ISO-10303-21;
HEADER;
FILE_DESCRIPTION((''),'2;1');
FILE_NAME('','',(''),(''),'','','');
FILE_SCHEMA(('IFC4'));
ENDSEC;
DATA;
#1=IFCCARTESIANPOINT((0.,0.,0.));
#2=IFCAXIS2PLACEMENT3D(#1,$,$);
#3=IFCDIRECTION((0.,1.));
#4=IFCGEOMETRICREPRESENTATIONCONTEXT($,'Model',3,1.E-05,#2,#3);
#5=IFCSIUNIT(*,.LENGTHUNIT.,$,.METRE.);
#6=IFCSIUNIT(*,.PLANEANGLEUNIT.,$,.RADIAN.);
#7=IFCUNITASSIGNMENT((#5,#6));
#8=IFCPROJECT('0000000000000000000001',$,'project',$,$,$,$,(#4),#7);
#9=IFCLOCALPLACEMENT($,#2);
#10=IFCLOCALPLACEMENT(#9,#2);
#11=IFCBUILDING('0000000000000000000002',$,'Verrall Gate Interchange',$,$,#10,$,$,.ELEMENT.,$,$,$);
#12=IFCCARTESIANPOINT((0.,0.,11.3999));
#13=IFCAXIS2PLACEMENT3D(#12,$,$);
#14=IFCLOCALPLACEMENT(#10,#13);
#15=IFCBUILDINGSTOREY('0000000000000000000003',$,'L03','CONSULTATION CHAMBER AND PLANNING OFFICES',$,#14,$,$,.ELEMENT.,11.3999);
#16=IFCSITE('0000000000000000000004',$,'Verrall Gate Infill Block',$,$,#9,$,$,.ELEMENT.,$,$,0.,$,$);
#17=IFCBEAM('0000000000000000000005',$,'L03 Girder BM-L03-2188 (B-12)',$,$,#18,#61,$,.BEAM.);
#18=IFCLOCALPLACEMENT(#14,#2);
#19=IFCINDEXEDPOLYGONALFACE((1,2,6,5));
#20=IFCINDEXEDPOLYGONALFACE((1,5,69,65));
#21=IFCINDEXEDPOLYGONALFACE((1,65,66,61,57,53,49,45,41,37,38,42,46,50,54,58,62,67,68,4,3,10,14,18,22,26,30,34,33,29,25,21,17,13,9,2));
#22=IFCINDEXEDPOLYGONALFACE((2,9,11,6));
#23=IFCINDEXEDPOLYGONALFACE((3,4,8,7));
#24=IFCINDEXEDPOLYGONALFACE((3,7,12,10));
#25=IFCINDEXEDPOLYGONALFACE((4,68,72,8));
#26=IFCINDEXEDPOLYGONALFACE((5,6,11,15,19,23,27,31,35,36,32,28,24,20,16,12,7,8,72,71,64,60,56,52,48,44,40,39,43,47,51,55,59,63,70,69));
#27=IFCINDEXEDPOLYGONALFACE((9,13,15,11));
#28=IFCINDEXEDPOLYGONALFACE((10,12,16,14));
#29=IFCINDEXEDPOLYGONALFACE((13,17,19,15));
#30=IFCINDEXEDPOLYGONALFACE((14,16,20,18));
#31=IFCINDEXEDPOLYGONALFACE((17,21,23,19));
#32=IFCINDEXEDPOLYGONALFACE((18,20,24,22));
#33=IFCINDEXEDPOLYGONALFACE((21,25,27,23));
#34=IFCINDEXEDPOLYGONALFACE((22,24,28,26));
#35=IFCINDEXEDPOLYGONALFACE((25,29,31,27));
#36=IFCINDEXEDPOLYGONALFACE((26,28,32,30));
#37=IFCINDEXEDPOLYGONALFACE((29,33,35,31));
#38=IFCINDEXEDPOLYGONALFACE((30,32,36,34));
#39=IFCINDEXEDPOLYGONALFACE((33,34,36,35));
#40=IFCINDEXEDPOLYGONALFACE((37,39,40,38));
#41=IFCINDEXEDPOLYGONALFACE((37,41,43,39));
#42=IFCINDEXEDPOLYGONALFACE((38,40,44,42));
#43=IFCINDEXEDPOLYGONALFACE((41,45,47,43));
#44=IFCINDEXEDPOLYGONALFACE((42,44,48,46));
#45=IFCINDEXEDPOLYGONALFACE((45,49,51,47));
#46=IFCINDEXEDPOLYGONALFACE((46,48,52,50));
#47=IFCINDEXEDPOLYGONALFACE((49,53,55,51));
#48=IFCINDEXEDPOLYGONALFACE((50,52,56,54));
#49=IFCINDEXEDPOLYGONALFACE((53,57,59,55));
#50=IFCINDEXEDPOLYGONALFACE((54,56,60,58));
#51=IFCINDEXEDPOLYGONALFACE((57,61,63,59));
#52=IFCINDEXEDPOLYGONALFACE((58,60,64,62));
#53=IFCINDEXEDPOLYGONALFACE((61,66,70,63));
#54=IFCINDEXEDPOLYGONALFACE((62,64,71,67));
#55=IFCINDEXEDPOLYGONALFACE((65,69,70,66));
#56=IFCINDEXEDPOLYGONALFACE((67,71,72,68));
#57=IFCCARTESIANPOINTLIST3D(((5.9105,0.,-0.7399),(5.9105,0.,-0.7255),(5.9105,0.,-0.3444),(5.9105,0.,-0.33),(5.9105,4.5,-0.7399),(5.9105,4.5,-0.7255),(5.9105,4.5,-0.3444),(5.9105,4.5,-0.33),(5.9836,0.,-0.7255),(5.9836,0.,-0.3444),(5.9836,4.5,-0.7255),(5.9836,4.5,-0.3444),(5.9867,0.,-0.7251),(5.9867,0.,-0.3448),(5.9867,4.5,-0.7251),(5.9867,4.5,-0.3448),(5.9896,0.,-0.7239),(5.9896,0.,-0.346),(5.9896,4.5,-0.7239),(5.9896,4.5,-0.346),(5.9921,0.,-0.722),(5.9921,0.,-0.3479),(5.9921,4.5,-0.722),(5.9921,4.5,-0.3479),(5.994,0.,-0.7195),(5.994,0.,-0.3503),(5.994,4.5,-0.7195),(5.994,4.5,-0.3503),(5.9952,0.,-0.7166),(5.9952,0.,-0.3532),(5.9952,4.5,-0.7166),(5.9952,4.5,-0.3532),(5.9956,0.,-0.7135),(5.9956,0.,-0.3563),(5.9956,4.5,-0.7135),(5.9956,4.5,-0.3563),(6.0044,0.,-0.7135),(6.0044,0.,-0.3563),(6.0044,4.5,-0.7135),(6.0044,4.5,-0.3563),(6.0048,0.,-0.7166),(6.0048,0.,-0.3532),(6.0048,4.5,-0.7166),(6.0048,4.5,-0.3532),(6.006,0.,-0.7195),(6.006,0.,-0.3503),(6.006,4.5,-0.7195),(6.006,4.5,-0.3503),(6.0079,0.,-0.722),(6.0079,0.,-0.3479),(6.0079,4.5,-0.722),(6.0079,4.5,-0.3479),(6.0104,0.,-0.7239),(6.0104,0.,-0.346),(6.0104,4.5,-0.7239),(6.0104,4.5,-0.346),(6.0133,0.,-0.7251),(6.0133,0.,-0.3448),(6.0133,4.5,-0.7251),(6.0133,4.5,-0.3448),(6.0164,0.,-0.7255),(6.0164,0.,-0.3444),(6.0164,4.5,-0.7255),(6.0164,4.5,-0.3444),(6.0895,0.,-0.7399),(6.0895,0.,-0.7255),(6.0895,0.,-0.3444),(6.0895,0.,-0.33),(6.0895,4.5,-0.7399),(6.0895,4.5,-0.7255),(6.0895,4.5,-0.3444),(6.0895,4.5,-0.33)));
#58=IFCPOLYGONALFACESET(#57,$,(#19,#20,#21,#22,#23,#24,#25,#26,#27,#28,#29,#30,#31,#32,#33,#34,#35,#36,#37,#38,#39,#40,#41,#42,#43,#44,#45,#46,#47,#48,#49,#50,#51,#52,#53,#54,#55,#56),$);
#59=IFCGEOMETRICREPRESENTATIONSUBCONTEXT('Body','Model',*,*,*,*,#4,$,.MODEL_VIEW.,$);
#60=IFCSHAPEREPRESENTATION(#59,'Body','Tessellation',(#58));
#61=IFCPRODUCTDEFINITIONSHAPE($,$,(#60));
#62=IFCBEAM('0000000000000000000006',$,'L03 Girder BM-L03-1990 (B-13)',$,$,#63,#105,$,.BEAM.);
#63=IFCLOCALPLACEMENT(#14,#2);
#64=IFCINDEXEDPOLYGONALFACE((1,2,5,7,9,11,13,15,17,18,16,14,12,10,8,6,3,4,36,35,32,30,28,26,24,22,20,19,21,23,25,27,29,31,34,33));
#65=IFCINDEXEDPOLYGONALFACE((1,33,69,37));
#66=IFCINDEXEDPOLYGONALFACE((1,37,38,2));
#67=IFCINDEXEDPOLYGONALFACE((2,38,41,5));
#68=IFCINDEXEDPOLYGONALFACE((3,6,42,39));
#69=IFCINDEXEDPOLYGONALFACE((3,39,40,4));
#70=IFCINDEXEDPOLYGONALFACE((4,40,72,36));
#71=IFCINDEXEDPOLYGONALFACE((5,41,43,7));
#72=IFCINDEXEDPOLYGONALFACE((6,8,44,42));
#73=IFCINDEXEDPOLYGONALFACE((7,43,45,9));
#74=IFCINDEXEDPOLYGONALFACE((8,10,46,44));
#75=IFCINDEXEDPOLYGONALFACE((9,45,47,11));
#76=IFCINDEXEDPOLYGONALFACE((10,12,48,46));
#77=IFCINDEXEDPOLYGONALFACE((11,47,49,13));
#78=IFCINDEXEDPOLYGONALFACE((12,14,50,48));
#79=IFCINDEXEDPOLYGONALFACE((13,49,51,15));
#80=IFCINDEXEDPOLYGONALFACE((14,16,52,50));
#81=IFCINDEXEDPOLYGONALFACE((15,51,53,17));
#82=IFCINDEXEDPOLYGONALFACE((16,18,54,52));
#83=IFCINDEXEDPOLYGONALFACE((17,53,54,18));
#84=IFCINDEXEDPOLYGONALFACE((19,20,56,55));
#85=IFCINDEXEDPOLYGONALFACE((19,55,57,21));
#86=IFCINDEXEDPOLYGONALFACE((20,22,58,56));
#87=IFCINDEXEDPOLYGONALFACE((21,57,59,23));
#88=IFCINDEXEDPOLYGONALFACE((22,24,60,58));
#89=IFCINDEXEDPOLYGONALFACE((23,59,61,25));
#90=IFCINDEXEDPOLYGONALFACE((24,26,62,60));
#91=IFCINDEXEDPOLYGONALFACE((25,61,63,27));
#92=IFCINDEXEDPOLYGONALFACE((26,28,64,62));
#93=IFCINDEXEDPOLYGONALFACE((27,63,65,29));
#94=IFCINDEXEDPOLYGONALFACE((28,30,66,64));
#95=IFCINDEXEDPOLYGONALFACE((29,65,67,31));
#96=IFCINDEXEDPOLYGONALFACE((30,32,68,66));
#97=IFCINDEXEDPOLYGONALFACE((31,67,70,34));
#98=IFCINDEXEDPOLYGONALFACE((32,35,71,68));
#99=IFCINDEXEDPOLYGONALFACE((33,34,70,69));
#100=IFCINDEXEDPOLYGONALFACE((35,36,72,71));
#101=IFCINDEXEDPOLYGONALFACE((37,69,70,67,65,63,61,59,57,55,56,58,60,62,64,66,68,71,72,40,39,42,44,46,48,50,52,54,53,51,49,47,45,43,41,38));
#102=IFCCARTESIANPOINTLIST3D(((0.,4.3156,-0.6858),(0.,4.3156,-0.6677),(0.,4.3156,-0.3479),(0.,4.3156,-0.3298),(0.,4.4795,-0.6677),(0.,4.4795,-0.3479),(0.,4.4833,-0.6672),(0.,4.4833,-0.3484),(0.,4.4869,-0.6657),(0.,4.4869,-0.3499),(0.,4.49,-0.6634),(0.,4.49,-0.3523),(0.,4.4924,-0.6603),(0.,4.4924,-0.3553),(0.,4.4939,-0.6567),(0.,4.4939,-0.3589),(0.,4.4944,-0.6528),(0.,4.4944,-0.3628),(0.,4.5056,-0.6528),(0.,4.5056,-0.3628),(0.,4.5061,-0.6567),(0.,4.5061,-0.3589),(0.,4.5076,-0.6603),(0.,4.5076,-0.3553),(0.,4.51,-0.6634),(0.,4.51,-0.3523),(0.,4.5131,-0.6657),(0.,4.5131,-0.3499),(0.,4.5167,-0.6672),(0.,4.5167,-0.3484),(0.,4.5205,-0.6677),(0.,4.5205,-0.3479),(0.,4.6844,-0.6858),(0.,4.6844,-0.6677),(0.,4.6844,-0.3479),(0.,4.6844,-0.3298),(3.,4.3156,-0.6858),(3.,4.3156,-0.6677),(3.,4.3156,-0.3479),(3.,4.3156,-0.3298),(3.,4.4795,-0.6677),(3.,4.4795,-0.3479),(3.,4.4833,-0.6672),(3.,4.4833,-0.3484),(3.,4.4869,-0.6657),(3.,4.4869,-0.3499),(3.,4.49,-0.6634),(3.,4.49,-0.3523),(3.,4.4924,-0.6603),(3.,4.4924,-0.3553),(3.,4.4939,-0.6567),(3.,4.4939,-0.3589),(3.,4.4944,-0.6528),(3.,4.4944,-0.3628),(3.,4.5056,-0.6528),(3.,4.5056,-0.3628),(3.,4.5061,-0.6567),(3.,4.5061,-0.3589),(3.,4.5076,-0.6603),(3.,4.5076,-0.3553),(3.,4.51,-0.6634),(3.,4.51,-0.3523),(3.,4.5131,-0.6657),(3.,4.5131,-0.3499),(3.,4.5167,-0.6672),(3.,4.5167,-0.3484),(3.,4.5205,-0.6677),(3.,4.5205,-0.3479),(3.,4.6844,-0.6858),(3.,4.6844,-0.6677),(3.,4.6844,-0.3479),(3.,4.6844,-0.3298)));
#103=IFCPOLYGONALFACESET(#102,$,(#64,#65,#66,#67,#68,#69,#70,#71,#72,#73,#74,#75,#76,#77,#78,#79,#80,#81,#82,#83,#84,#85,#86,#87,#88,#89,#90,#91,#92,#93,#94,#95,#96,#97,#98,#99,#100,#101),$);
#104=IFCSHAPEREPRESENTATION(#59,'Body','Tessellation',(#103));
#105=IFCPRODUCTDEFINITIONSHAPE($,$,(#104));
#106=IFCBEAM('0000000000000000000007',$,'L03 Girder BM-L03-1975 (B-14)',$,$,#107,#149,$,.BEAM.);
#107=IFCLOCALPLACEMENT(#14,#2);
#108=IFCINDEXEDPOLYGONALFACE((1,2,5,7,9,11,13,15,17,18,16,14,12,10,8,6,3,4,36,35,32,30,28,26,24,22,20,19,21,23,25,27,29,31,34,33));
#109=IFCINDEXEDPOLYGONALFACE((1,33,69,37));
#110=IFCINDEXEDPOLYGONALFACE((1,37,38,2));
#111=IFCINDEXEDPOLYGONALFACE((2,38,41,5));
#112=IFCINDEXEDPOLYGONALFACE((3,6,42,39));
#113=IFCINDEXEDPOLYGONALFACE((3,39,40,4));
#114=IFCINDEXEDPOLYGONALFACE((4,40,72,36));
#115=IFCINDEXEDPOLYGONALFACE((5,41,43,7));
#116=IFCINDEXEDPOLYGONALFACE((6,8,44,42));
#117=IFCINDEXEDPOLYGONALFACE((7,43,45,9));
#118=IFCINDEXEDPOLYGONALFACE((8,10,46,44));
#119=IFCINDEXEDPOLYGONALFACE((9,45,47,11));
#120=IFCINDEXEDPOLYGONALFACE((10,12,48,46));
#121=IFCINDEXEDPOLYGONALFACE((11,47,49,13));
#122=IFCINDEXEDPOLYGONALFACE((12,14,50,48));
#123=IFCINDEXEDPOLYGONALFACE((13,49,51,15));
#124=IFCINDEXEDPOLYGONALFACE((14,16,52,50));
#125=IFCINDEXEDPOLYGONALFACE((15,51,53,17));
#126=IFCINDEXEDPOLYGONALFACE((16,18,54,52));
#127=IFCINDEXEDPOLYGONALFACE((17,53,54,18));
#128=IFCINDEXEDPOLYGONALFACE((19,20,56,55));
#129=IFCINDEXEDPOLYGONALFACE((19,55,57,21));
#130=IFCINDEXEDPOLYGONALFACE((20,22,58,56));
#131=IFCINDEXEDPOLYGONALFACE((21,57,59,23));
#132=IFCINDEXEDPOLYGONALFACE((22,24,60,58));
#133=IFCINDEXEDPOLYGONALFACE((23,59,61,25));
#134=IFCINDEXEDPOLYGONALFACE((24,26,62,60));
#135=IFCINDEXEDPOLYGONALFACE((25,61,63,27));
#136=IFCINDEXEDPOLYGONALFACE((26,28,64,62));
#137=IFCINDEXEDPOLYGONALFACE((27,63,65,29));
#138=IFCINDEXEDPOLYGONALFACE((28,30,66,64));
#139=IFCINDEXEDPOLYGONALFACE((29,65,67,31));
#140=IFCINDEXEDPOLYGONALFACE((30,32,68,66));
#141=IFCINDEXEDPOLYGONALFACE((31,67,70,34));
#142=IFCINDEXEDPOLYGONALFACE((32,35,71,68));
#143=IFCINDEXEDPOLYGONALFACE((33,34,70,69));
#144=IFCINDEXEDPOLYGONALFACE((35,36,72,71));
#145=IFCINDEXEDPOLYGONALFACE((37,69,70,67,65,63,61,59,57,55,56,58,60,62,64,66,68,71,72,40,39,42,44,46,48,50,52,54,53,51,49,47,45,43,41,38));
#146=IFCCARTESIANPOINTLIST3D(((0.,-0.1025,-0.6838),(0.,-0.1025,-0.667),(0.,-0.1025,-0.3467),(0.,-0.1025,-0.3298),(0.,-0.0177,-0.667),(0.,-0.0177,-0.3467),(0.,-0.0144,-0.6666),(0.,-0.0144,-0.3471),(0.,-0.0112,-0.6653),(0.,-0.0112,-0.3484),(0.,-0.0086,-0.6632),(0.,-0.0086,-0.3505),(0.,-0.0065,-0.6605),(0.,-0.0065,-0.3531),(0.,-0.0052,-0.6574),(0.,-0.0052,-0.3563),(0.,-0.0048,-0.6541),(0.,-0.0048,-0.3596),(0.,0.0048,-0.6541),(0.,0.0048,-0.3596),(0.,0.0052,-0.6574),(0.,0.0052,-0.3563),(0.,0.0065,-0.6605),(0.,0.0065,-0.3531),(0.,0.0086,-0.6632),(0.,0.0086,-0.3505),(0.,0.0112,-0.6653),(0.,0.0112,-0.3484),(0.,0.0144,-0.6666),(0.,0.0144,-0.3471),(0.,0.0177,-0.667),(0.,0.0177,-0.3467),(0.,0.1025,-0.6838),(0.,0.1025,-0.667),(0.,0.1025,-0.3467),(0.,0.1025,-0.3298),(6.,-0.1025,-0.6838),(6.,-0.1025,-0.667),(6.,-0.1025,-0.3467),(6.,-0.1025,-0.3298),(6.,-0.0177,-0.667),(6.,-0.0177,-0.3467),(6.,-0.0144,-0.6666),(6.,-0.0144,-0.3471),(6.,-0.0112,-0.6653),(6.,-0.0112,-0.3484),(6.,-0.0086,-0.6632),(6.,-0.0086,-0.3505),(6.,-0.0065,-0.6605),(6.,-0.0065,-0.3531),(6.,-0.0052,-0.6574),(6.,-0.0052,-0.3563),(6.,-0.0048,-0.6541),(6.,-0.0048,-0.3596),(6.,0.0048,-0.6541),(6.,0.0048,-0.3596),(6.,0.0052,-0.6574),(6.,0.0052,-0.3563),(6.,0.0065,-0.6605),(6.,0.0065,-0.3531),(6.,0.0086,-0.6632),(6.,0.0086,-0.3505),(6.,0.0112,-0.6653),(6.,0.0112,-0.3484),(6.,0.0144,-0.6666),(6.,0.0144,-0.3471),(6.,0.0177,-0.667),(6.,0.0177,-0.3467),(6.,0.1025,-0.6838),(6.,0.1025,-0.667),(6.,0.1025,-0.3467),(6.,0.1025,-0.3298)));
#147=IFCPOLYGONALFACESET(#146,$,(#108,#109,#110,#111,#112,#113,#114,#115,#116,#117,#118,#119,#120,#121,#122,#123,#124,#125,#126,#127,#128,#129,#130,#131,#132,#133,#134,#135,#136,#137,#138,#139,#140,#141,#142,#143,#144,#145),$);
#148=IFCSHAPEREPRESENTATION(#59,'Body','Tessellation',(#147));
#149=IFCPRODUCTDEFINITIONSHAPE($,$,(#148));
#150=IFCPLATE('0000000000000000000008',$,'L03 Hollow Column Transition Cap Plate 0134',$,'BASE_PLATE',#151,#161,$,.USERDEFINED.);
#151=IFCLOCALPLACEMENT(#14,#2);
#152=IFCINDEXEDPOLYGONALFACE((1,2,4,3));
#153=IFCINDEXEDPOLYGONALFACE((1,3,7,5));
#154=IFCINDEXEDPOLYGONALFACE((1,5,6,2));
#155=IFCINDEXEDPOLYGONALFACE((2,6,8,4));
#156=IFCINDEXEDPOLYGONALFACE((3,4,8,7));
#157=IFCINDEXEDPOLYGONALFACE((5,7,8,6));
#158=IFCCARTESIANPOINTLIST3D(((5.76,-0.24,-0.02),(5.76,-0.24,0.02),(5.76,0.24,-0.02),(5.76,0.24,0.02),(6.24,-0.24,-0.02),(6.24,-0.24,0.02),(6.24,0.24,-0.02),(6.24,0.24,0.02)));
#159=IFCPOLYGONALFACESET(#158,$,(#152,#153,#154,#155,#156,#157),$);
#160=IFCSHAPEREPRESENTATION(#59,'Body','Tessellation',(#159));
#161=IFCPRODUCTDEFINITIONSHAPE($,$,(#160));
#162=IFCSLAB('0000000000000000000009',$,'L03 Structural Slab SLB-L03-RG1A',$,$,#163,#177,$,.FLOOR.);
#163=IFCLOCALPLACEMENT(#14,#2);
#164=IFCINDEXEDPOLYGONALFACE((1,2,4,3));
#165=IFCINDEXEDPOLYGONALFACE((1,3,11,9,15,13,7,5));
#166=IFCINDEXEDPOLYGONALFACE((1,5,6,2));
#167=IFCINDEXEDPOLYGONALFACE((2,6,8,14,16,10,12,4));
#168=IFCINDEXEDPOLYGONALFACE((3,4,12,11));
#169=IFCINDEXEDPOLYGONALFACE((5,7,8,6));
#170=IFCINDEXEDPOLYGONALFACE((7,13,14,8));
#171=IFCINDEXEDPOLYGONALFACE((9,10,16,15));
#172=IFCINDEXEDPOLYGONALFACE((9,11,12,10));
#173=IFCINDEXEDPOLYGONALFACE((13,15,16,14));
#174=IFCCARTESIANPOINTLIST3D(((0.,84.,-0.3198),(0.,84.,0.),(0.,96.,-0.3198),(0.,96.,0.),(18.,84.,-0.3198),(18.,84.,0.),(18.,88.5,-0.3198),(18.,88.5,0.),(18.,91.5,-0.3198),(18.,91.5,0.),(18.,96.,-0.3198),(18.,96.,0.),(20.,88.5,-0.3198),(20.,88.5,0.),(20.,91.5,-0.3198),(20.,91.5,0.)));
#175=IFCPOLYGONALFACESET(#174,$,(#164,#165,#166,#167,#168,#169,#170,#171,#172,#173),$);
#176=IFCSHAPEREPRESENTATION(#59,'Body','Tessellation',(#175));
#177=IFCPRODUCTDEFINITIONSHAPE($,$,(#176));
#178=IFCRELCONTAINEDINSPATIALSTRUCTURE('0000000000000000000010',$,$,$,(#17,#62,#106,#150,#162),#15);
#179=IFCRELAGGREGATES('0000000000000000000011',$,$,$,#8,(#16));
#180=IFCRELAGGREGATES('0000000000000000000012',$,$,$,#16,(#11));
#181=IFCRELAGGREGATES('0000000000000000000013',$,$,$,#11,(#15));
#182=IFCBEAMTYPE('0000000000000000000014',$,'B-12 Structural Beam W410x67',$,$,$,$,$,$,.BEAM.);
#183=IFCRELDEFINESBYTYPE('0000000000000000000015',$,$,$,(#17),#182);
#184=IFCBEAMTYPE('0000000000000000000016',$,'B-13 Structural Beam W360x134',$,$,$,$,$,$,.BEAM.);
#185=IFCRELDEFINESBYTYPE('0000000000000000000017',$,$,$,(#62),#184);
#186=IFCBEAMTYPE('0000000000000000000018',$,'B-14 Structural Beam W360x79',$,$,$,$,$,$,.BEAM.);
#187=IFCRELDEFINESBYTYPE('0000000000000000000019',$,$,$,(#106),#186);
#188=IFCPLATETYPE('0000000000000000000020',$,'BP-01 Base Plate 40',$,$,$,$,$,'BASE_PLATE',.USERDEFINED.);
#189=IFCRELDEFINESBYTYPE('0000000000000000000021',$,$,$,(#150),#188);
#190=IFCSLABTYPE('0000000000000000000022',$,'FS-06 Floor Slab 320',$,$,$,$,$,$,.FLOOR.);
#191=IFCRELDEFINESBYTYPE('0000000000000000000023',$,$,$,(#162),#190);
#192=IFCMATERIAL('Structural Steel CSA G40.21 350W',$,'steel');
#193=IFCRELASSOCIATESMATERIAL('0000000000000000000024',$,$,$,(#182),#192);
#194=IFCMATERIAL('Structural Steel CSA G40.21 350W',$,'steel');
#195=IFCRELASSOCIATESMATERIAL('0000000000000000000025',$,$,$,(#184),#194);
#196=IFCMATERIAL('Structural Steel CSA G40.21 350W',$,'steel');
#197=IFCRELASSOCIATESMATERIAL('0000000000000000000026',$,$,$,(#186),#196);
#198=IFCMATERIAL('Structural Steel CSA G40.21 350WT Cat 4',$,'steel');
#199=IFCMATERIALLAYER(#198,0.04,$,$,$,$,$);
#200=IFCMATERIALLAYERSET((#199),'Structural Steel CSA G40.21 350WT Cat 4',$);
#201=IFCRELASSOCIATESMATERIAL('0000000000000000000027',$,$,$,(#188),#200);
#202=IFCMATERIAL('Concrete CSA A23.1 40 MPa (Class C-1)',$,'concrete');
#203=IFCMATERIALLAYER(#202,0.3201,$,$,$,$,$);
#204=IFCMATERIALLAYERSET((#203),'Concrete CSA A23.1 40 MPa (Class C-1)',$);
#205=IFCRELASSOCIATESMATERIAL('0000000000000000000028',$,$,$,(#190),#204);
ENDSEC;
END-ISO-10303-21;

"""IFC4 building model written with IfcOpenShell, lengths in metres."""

from ifc_helpers import new_model, si_unit, direction, frame, origin, origin_2d, place, context, subcontext, project, spatial, polyline, rectangle, i_section, outline, extrude, material, layer, layer_set, material_profile, profile_set, type_object, element, save


model = new_model("IFC4")

# Units and contexts
model_context = context("Model", 3, precision=1e-05, world=origin(), true_north=direction((0.0, 1.0)))
body_context = subcontext(model_context, "Body", "Model", "MODEL_VIEW")
ifc_project = project(units=[si_unit("LENGTHUNIT", "METRE"), si_unit("PLANEANGLEUNIT", "RADIAN")], contexts=[model_context])

# Site, building, storey
site_placement = place(None, origin())
site = spatial("IfcSite", under=ifc_project, at=site_placement, Name="Verrall Gate Infill Block", CompositionType="ELEMENT", RefElevation=0.0)
building_placement = place(site_placement, origin())
building = spatial("IfcBuilding", under=site, at=building_placement, Name="Verrall Gate Interchange", CompositionType="ELEMENT")
storey_placement = place(building_placement, frame((0.0, 0.0, 11.3999)))
storey = spatial("IfcBuildingStorey", under=building, at=storey_placement, Name="L03", Description="CONSULTATION CHAMBER AND PLANNING OFFICES", CompositionType="ELEMENT", Elevation=11.3999)

# Beams
ifc_material_1 = material(Name="Structural Steel CSA G40.21 350W", Category="steel")
ifc_material_profile_1 = material_profile(ifc_material_1, i_section(OverallWidth=0.179, OverallDepth=0.4099, WebThickness=0.0088, FlangeThickness=0.0144, FilletRadius=0.012, at=origin_2d()), Name="W410x67")
ifc_profile_set_1 = profile_set([ifc_material_profile_1], Name="Structural Steel CSA G40.21 350W")
beam_type_1 = type_object("IfcBeamType", Name="B-12 Structural Beam W410x67", PredefinedType="BEAM", material=ifc_profile_set_1)
beam_1_placement = place(storey_placement, frame((6.0, 0.0, -0.5349), z_axis=(0.0, 1.0, 0.0), x_axis=(-1.0, 0.0, 0.0)))
element("IfcBeam", 1, at=beam_1_placement, inside=storey, type_object=beam_type_1, Name="L03 Girder BM-L03-2188 (B-12)", PredefinedType="BEAM", context=body_context, shape_type="SweptSolid", body=[
    extrude(i_section(OverallWidth=0.179, OverallDepth=0.4099, WebThickness=0.0088, FlangeThickness=0.0144, FilletRadius=0.012, at=origin_2d()), origin(), (0.0, 0.0, 1.0), 4.5),
])
ifc_material_2 = material(Name="Structural Steel CSA G40.21 350W", Category="steel")
ifc_material_profile_2 = material_profile(ifc_material_2, i_section(OverallWidth=0.3689, OverallDepth=0.356, WebThickness=0.0112, FlangeThickness=0.0181, FilletRadius=0.0149, at=origin_2d()), Name="W360x134")
ifc_profile_set_2 = profile_set([ifc_material_profile_2], Name="Structural Steel CSA G40.21 350W")
beam_type_2 = type_object("IfcBeamType", Name="B-13 Structural Beam W360x134", PredefinedType="BEAM", material=ifc_profile_set_2)
beam_2_placement = place(storey_placement, frame((0.0, 4.5, -0.5078), z_axis=(1.0, 0.0, 0.0), x_axis=(0.0, 1.0, 0.0)))
element("IfcBeam", 2, at=beam_2_placement, inside=storey, type_object=beam_type_2, Name="L03 Girder BM-L03-1990 (B-13)", PredefinedType="BEAM", context=body_context, shape_type="SweptSolid", body=[
    extrude(i_section(OverallWidth=0.3689, OverallDepth=0.356, WebThickness=0.0112, FlangeThickness=0.0181, FilletRadius=0.0149, at=origin_2d()), origin(), (0.0, 0.0, 1.0), 3.0),
])
ifc_material_3 = material(Name="Structural Steel CSA G40.21 350W", Category="steel")
ifc_material_profile_3 = material_profile(ifc_material_3, i_section(OverallWidth=0.2051, OverallDepth=0.354, WebThickness=0.0095, FlangeThickness=0.0168, FilletRadius=0.0129, at=origin_2d()), Name="W360x79")
ifc_profile_set_3 = profile_set([ifc_material_profile_3], Name="Structural Steel CSA G40.21 350W")
beam_type_3 = type_object("IfcBeamType", Name="B-14 Structural Beam W360x79", PredefinedType="BEAM", material=ifc_profile_set_3)
beam_3_placement = place(storey_placement, frame((0.0, 0.0, -0.5068), z_axis=(1.0, 0.0, 0.0), x_axis=(0.0, 1.0, 0.0)))
element("IfcBeam", 3, at=beam_3_placement, inside=storey, type_object=beam_type_3, Name="L03 Girder BM-L03-1975 (B-14)", PredefinedType="BEAM", context=body_context, shape_type="SweptSolid", body=[
    extrude(i_section(OverallWidth=0.2051, OverallDepth=0.354, WebThickness=0.0095, FlangeThickness=0.0168, FilletRadius=0.0129, at=origin_2d()), origin(), (0.0, 0.0, 1.0), 6.0),
])

# Plate
ifc_material_4 = material(Name="Structural Steel CSA G40.21 350WT Cat 4", Category="steel")
ifc_layer_1 = layer(ifc_material_4, 0.04)
ifc_layer_set_1 = layer_set([ifc_layer_1], Name="Structural Steel CSA G40.21 350WT Cat 4")
plate_type = type_object("IfcPlateType", Name="BP-01 Base Plate 40", ElementType="BASE_PLATE", PredefinedType="USERDEFINED", material=ifc_layer_set_1)
plate_placement = place(storey_placement, frame((6.0, 0.0, -0.02), z_axis=(0.0, 0.0, 1.0), x_axis=(1.0, 0.0, 0.0)))
element("IfcPlate", 4, at=plate_placement, inside=storey, type_object=plate_type, Name="L03 Hollow Column Transition Cap Plate 0134", ObjectType="BASE_PLATE", PredefinedType="USERDEFINED", context=body_context, shape_type="SweptSolid", body=[
    extrude(rectangle(XDim=0.48, YDim=0.48, at=origin_2d()), origin(), (0.0, 0.0, 1.0), 0.04),
])

# Slab
ifc_material_5 = material(Name="Concrete CSA A23.1 40 MPa (Class C-1)", Category="concrete")
ifc_layer_2 = layer(ifc_material_5, 0.3201)
ifc_layer_set_2 = layer_set([ifc_layer_2], Name="Concrete CSA A23.1 40 MPa (Class C-1)")
slab_type_1 = type_object("IfcSlabType", Name="FS-06 Floor Slab 320", PredefinedType="FLOOR", material=ifc_layer_set_2)
slab_1_placement = place(storey_placement, frame((0.0, 0.0, -0.3198)))
element("IfcSlab", 5, at=slab_1_placement, inside=storey, type_object=slab_type_1, Name="L03 Structural Slab SLB-L03-RG1A", PredefinedType="FLOOR", context=body_context, shape_type="SweptSolid", body=[
    extrude(outline(polyline([(0.0, 96.0), (18.0, 96.0), (18.0, 91.5), (20.0, 91.5), (20.0, 88.5), (18.0, 88.5), (18.0, 84.0), (0.0, 84.0), (0.0, 96.0)])), origin(), (0.0, 0.0, 1.0), 0.3198),
])

save(model, "model.ifc")
